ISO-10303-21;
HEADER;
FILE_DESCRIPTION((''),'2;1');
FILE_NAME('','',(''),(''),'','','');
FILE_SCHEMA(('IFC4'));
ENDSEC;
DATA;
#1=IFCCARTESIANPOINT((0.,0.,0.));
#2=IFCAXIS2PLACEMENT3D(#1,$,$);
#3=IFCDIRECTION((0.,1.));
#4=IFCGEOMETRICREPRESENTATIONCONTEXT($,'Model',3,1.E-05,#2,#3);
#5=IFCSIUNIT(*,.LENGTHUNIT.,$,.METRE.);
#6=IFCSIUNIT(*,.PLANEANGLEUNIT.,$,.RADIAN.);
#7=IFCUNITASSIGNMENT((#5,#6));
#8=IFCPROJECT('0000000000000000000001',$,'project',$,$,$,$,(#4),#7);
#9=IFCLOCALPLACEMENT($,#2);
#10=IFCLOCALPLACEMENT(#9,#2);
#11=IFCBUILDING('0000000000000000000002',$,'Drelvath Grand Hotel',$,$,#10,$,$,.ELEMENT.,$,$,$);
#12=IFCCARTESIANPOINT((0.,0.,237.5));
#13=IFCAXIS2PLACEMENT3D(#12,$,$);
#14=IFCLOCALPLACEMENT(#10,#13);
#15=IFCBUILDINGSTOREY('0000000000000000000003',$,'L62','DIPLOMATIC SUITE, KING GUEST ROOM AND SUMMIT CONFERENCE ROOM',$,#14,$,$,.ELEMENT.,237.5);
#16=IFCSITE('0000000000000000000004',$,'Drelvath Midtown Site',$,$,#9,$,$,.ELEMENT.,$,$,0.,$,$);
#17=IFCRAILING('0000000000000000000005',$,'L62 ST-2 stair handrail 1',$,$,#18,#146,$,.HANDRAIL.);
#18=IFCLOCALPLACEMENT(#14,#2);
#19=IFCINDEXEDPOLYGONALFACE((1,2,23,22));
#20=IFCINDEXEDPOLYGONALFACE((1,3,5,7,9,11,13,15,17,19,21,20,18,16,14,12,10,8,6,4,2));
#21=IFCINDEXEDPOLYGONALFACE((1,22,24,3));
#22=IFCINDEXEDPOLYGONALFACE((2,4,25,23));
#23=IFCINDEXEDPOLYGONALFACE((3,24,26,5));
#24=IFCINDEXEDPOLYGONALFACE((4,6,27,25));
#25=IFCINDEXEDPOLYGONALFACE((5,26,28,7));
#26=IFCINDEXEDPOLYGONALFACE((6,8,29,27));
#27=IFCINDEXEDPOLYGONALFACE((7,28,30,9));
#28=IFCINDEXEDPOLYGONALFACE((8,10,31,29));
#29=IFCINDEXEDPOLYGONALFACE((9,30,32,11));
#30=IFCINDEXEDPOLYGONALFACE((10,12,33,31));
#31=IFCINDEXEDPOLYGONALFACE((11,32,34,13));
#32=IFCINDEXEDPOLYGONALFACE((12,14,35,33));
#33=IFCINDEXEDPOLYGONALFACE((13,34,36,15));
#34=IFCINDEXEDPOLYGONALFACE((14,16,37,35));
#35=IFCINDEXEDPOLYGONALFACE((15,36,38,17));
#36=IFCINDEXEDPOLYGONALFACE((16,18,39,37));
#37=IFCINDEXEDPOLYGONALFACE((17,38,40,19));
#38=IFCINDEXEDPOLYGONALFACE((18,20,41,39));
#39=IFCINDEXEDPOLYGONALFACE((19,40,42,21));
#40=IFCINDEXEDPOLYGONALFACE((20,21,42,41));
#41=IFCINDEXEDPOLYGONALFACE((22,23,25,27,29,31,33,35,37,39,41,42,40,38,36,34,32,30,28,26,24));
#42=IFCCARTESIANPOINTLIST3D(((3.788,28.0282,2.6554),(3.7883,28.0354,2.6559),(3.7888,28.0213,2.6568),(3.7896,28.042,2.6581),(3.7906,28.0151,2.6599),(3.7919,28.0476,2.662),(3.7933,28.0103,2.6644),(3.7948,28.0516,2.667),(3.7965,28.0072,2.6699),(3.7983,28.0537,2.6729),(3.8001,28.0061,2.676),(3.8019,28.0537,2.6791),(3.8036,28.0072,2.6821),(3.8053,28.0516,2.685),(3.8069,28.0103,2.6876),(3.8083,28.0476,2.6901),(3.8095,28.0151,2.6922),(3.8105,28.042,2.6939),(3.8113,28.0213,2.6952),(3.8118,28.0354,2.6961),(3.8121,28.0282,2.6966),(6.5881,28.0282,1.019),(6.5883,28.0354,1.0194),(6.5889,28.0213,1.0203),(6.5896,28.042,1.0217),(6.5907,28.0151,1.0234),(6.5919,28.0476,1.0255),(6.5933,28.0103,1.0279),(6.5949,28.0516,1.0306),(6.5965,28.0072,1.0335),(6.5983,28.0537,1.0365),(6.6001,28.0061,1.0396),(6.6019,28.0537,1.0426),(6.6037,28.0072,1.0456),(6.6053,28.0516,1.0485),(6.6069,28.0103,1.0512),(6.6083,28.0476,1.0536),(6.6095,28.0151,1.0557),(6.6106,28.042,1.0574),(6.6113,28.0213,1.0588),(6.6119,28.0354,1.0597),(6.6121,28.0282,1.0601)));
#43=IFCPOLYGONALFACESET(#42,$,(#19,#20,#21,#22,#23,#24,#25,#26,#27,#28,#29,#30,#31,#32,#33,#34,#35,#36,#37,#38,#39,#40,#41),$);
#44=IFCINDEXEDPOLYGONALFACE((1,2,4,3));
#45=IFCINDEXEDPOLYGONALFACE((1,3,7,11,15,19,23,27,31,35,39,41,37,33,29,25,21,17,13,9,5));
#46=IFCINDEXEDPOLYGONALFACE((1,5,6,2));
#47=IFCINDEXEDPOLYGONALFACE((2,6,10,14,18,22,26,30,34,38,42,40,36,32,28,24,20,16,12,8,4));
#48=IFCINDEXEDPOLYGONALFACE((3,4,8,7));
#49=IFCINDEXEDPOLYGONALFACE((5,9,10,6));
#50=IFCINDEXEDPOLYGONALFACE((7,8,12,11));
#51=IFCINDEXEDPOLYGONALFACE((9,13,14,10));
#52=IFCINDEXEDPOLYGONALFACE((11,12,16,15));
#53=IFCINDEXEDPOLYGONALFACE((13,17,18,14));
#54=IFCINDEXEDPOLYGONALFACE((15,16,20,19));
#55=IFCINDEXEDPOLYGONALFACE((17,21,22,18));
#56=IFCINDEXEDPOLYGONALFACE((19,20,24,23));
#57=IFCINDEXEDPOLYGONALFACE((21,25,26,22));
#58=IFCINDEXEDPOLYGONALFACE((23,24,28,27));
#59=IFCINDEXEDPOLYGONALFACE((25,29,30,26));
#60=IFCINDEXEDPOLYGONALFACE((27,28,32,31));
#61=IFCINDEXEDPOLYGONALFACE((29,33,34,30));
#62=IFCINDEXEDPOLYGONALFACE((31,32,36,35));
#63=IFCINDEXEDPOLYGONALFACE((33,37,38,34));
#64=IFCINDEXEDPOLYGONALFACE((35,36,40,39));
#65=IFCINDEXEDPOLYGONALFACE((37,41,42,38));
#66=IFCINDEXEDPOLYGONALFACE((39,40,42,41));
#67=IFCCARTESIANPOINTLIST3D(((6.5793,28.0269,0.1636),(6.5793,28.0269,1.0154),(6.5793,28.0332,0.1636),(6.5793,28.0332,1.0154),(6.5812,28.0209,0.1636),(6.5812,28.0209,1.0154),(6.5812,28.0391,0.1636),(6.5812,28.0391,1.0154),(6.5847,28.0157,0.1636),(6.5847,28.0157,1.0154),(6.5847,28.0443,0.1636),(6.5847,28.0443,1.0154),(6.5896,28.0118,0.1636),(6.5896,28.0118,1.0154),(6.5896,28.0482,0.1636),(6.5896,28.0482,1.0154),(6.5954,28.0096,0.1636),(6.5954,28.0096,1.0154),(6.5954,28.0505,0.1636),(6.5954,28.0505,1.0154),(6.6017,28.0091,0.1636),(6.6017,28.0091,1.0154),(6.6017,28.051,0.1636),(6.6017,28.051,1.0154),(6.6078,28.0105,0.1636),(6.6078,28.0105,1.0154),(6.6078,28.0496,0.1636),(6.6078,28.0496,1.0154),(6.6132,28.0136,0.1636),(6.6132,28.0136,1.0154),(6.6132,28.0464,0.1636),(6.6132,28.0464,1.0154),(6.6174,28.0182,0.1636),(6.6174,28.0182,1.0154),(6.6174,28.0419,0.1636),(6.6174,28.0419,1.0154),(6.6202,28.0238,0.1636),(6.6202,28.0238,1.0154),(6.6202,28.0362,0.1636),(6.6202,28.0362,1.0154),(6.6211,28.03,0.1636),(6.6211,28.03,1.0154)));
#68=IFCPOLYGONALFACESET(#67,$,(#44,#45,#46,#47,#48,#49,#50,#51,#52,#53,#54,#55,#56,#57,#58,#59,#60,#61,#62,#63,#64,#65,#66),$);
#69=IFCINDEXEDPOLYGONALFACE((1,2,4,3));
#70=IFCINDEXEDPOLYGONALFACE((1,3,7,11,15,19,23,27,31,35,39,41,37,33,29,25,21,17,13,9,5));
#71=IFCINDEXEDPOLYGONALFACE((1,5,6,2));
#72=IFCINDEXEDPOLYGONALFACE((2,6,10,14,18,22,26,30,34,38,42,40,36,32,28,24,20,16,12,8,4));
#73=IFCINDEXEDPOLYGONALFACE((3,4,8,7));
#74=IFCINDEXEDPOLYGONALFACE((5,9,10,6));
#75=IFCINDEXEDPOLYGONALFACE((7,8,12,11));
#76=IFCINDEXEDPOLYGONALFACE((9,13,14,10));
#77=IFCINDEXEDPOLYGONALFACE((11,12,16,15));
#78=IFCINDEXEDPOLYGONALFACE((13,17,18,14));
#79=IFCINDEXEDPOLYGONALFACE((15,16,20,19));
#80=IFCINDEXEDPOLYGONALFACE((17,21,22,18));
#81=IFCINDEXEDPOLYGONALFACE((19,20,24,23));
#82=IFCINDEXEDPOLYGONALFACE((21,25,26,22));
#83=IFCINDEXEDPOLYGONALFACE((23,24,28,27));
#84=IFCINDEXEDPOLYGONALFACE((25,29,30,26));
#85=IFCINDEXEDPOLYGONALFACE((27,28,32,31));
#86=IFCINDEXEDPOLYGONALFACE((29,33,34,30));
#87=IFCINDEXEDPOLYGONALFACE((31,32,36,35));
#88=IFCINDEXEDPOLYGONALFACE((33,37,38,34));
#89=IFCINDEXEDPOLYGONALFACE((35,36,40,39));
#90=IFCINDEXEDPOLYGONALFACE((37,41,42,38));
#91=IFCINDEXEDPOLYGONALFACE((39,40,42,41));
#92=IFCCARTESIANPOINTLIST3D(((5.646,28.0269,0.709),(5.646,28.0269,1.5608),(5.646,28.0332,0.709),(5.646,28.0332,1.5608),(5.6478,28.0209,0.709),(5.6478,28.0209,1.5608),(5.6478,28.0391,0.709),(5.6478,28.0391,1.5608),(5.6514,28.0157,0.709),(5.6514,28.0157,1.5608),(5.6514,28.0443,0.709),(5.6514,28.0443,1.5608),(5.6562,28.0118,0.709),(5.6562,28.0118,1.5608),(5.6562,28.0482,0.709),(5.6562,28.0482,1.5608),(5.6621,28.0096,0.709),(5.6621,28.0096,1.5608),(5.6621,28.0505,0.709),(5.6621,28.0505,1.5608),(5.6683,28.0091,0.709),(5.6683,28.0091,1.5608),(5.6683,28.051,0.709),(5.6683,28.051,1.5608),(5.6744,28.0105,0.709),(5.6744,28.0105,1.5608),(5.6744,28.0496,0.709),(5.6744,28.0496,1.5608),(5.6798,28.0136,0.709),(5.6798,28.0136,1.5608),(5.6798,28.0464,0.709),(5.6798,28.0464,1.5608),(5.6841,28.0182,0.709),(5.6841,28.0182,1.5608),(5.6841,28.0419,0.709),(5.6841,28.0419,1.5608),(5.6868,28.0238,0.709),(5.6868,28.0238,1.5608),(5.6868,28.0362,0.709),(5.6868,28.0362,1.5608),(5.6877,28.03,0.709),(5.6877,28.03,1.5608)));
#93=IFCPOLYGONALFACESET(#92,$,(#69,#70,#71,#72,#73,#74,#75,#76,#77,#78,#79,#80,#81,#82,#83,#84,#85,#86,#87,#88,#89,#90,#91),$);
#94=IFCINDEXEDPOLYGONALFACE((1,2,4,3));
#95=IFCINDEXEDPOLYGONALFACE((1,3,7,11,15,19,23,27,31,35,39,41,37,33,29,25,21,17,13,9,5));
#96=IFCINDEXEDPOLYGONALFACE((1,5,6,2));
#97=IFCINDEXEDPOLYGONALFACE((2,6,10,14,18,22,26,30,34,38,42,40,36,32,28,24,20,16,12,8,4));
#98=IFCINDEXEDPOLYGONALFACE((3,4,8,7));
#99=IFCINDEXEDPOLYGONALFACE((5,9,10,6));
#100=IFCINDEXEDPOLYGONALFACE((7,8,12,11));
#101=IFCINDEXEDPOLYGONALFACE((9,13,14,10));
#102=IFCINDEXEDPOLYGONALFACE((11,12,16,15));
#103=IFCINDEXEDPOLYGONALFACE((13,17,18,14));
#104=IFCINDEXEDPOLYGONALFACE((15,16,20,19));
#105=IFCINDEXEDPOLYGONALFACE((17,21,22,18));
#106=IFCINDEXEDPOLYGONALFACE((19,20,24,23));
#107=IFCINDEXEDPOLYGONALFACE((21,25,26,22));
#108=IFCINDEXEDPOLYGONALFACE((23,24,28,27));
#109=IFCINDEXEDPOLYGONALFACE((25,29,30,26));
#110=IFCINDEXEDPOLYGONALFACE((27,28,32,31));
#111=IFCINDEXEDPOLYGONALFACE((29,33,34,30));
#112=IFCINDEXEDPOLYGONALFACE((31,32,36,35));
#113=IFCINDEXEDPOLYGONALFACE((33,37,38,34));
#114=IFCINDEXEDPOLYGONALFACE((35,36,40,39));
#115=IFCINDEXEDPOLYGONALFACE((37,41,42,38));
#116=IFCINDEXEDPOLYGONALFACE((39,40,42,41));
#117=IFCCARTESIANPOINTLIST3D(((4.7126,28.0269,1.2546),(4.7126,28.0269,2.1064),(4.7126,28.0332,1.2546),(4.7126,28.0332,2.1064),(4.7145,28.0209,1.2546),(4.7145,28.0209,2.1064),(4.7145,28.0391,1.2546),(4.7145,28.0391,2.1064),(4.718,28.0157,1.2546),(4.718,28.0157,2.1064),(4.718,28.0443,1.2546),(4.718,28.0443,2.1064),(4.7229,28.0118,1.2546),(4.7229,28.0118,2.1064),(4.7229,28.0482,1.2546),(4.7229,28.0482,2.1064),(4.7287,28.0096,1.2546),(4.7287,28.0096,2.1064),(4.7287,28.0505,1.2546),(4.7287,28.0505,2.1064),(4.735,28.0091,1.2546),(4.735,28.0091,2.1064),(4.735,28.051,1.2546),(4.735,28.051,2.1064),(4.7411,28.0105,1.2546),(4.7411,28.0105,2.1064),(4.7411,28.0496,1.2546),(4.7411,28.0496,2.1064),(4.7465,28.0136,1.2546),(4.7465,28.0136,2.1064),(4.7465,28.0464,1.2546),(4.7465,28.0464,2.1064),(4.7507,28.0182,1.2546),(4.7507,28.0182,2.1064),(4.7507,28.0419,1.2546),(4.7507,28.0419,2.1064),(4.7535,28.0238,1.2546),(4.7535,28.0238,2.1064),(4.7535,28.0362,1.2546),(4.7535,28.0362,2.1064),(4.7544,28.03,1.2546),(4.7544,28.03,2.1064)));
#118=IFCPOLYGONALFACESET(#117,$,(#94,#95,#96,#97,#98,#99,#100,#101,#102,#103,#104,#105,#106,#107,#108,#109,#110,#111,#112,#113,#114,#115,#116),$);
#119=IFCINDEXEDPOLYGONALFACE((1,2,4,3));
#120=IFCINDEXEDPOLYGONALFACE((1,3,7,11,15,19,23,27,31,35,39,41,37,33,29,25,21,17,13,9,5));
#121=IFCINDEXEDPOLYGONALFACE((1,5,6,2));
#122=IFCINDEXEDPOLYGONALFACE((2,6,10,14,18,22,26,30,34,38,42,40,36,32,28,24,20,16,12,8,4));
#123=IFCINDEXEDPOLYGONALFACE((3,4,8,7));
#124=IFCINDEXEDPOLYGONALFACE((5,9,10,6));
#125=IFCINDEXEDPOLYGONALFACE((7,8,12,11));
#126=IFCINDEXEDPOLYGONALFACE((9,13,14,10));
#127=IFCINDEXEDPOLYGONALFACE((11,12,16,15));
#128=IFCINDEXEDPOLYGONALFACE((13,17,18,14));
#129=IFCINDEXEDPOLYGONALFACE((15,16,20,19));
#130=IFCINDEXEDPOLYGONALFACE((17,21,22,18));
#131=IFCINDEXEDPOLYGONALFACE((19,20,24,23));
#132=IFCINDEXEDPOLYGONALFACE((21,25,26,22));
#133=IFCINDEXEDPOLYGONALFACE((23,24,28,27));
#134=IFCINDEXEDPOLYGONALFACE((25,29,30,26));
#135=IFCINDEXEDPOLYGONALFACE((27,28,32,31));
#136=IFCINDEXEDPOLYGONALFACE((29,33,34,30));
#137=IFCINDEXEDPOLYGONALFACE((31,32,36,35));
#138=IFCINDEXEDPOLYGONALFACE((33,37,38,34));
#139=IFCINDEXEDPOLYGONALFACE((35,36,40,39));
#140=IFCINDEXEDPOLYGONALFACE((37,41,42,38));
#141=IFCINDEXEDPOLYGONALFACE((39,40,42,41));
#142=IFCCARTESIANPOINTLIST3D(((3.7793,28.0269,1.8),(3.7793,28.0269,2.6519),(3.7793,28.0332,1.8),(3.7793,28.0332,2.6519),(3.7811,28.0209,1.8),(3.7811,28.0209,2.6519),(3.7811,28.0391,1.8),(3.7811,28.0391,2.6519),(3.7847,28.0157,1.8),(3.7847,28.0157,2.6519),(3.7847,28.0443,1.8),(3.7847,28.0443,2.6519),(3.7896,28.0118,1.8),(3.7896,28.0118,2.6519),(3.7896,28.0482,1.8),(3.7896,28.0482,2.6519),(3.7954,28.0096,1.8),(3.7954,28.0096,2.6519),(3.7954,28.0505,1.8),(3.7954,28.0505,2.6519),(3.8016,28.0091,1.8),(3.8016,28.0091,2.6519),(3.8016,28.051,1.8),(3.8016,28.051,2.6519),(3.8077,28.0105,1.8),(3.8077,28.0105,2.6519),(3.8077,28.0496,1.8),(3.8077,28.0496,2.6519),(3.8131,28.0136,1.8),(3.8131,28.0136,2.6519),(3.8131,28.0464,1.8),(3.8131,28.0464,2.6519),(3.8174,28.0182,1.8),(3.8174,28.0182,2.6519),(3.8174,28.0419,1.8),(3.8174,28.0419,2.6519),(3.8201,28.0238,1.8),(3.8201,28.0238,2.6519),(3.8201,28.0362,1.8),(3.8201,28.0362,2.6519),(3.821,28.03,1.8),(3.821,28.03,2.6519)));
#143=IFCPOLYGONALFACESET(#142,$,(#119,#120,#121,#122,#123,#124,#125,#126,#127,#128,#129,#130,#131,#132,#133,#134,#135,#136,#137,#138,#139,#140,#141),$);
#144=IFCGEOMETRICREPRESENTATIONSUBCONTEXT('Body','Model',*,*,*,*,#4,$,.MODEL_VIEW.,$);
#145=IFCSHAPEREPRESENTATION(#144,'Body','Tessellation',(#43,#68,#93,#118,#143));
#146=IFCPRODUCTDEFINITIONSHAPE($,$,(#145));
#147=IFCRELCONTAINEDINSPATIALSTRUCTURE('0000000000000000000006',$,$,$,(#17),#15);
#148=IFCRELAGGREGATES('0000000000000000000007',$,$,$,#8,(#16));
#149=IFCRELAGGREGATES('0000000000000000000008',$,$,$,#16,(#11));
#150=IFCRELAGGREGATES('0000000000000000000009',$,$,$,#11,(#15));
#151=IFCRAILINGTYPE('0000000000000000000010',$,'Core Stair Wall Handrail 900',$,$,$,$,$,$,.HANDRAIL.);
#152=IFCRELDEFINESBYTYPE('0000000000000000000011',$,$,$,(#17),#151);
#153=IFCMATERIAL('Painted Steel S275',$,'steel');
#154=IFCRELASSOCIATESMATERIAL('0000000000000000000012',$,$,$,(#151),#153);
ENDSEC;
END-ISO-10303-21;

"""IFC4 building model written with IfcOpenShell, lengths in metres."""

from ifc_helpers import new_model, si_unit, direction, frame, origin, origin_2d, place, context, subcontext, project, spatial, circle, extrude, material, type_object, element, save


model = new_model("IFC4")

# Units and contexts
model_context = context("Model", 3, precision=1e-05, world=origin(), true_north=direction((0.0, 1.0)))
body_context = subcontext(model_context, "Body", "Model", "MODEL_VIEW")
ifc_project = project(units=[si_unit("LENGTHUNIT", "METRE"), si_unit("PLANEANGLEUNIT", "RADIAN")], contexts=[model_context])

# Site, building, storey
site_placement = place(None, origin())
site = spatial("IfcSite", under=ifc_project, at=site_placement, Name="Drelvath Midtown Site", CompositionType="ELEMENT", RefElevation=0.0)
building_placement = place(site_placement, origin())
building = spatial("IfcBuilding", under=site, at=building_placement, Name="Drelvath Grand Hotel", CompositionType="ELEMENT")
storey_placement = place(building_placement, frame((0.0, 0.0, 237.5)))
storey = spatial("IfcBuildingStorey", under=building, at=storey_placement, Name="L62", Description="DIPLOMATIC SUITE, KING GUEST ROOM AND SUMMIT CONFERENCE ROOM", CompositionType="ELEMENT", Elevation=237.5)

# Shared definitions
ifc_material_1 = material(Name="Painted Steel S275", Category="steel")

# Railing
railing_type = type_object("IfcRailingType", Name="Core Stair Wall Handrail 900", PredefinedType="HANDRAIL", material=ifc_material_1)
railing_placement = place(storey_placement, frame((6.6001, 28.03, 0.1636)))
element("IfcRailing", 1, at=railing_placement, inside=storey, type_object=railing_type, Name="L62 ST-2 stair handrail 1", PredefinedType="HANDRAIL", context=body_context, shape_type="SweptSolid", body=[
    extrude(circle(Radius=0.0239, at=origin_2d()), frame((0.0, 0.0, 0.876), z_axis=(-0.863361, 0.0, 0.504587), x_axis=(0.0, -1.0, 0.0)), (0.0, 0.0, 1.0), 3.2432),
    extrude(circle(Radius=0.021, at=origin_2d()), origin(), (0.0, 0.0, 1.0), 0.8518),
    extrude(circle(Radius=0.021, at=origin_2d()), frame((-0.9333, 0.0, 0.5454)), (0.0, 0.0, 1.0), 0.8518),
    extrude(circle(Radius=0.021, at=origin_2d()), frame((-1.8667, 0.0, 1.0911)), (0.0, 0.0, 1.0), 0.8518),
    extrude(circle(Radius=0.021, at=origin_2d()), frame((-2.8, 0.0, 1.6365)), (0.0, 0.0, 1.0), 0.8518),
])

save(model, "model.ifc")
